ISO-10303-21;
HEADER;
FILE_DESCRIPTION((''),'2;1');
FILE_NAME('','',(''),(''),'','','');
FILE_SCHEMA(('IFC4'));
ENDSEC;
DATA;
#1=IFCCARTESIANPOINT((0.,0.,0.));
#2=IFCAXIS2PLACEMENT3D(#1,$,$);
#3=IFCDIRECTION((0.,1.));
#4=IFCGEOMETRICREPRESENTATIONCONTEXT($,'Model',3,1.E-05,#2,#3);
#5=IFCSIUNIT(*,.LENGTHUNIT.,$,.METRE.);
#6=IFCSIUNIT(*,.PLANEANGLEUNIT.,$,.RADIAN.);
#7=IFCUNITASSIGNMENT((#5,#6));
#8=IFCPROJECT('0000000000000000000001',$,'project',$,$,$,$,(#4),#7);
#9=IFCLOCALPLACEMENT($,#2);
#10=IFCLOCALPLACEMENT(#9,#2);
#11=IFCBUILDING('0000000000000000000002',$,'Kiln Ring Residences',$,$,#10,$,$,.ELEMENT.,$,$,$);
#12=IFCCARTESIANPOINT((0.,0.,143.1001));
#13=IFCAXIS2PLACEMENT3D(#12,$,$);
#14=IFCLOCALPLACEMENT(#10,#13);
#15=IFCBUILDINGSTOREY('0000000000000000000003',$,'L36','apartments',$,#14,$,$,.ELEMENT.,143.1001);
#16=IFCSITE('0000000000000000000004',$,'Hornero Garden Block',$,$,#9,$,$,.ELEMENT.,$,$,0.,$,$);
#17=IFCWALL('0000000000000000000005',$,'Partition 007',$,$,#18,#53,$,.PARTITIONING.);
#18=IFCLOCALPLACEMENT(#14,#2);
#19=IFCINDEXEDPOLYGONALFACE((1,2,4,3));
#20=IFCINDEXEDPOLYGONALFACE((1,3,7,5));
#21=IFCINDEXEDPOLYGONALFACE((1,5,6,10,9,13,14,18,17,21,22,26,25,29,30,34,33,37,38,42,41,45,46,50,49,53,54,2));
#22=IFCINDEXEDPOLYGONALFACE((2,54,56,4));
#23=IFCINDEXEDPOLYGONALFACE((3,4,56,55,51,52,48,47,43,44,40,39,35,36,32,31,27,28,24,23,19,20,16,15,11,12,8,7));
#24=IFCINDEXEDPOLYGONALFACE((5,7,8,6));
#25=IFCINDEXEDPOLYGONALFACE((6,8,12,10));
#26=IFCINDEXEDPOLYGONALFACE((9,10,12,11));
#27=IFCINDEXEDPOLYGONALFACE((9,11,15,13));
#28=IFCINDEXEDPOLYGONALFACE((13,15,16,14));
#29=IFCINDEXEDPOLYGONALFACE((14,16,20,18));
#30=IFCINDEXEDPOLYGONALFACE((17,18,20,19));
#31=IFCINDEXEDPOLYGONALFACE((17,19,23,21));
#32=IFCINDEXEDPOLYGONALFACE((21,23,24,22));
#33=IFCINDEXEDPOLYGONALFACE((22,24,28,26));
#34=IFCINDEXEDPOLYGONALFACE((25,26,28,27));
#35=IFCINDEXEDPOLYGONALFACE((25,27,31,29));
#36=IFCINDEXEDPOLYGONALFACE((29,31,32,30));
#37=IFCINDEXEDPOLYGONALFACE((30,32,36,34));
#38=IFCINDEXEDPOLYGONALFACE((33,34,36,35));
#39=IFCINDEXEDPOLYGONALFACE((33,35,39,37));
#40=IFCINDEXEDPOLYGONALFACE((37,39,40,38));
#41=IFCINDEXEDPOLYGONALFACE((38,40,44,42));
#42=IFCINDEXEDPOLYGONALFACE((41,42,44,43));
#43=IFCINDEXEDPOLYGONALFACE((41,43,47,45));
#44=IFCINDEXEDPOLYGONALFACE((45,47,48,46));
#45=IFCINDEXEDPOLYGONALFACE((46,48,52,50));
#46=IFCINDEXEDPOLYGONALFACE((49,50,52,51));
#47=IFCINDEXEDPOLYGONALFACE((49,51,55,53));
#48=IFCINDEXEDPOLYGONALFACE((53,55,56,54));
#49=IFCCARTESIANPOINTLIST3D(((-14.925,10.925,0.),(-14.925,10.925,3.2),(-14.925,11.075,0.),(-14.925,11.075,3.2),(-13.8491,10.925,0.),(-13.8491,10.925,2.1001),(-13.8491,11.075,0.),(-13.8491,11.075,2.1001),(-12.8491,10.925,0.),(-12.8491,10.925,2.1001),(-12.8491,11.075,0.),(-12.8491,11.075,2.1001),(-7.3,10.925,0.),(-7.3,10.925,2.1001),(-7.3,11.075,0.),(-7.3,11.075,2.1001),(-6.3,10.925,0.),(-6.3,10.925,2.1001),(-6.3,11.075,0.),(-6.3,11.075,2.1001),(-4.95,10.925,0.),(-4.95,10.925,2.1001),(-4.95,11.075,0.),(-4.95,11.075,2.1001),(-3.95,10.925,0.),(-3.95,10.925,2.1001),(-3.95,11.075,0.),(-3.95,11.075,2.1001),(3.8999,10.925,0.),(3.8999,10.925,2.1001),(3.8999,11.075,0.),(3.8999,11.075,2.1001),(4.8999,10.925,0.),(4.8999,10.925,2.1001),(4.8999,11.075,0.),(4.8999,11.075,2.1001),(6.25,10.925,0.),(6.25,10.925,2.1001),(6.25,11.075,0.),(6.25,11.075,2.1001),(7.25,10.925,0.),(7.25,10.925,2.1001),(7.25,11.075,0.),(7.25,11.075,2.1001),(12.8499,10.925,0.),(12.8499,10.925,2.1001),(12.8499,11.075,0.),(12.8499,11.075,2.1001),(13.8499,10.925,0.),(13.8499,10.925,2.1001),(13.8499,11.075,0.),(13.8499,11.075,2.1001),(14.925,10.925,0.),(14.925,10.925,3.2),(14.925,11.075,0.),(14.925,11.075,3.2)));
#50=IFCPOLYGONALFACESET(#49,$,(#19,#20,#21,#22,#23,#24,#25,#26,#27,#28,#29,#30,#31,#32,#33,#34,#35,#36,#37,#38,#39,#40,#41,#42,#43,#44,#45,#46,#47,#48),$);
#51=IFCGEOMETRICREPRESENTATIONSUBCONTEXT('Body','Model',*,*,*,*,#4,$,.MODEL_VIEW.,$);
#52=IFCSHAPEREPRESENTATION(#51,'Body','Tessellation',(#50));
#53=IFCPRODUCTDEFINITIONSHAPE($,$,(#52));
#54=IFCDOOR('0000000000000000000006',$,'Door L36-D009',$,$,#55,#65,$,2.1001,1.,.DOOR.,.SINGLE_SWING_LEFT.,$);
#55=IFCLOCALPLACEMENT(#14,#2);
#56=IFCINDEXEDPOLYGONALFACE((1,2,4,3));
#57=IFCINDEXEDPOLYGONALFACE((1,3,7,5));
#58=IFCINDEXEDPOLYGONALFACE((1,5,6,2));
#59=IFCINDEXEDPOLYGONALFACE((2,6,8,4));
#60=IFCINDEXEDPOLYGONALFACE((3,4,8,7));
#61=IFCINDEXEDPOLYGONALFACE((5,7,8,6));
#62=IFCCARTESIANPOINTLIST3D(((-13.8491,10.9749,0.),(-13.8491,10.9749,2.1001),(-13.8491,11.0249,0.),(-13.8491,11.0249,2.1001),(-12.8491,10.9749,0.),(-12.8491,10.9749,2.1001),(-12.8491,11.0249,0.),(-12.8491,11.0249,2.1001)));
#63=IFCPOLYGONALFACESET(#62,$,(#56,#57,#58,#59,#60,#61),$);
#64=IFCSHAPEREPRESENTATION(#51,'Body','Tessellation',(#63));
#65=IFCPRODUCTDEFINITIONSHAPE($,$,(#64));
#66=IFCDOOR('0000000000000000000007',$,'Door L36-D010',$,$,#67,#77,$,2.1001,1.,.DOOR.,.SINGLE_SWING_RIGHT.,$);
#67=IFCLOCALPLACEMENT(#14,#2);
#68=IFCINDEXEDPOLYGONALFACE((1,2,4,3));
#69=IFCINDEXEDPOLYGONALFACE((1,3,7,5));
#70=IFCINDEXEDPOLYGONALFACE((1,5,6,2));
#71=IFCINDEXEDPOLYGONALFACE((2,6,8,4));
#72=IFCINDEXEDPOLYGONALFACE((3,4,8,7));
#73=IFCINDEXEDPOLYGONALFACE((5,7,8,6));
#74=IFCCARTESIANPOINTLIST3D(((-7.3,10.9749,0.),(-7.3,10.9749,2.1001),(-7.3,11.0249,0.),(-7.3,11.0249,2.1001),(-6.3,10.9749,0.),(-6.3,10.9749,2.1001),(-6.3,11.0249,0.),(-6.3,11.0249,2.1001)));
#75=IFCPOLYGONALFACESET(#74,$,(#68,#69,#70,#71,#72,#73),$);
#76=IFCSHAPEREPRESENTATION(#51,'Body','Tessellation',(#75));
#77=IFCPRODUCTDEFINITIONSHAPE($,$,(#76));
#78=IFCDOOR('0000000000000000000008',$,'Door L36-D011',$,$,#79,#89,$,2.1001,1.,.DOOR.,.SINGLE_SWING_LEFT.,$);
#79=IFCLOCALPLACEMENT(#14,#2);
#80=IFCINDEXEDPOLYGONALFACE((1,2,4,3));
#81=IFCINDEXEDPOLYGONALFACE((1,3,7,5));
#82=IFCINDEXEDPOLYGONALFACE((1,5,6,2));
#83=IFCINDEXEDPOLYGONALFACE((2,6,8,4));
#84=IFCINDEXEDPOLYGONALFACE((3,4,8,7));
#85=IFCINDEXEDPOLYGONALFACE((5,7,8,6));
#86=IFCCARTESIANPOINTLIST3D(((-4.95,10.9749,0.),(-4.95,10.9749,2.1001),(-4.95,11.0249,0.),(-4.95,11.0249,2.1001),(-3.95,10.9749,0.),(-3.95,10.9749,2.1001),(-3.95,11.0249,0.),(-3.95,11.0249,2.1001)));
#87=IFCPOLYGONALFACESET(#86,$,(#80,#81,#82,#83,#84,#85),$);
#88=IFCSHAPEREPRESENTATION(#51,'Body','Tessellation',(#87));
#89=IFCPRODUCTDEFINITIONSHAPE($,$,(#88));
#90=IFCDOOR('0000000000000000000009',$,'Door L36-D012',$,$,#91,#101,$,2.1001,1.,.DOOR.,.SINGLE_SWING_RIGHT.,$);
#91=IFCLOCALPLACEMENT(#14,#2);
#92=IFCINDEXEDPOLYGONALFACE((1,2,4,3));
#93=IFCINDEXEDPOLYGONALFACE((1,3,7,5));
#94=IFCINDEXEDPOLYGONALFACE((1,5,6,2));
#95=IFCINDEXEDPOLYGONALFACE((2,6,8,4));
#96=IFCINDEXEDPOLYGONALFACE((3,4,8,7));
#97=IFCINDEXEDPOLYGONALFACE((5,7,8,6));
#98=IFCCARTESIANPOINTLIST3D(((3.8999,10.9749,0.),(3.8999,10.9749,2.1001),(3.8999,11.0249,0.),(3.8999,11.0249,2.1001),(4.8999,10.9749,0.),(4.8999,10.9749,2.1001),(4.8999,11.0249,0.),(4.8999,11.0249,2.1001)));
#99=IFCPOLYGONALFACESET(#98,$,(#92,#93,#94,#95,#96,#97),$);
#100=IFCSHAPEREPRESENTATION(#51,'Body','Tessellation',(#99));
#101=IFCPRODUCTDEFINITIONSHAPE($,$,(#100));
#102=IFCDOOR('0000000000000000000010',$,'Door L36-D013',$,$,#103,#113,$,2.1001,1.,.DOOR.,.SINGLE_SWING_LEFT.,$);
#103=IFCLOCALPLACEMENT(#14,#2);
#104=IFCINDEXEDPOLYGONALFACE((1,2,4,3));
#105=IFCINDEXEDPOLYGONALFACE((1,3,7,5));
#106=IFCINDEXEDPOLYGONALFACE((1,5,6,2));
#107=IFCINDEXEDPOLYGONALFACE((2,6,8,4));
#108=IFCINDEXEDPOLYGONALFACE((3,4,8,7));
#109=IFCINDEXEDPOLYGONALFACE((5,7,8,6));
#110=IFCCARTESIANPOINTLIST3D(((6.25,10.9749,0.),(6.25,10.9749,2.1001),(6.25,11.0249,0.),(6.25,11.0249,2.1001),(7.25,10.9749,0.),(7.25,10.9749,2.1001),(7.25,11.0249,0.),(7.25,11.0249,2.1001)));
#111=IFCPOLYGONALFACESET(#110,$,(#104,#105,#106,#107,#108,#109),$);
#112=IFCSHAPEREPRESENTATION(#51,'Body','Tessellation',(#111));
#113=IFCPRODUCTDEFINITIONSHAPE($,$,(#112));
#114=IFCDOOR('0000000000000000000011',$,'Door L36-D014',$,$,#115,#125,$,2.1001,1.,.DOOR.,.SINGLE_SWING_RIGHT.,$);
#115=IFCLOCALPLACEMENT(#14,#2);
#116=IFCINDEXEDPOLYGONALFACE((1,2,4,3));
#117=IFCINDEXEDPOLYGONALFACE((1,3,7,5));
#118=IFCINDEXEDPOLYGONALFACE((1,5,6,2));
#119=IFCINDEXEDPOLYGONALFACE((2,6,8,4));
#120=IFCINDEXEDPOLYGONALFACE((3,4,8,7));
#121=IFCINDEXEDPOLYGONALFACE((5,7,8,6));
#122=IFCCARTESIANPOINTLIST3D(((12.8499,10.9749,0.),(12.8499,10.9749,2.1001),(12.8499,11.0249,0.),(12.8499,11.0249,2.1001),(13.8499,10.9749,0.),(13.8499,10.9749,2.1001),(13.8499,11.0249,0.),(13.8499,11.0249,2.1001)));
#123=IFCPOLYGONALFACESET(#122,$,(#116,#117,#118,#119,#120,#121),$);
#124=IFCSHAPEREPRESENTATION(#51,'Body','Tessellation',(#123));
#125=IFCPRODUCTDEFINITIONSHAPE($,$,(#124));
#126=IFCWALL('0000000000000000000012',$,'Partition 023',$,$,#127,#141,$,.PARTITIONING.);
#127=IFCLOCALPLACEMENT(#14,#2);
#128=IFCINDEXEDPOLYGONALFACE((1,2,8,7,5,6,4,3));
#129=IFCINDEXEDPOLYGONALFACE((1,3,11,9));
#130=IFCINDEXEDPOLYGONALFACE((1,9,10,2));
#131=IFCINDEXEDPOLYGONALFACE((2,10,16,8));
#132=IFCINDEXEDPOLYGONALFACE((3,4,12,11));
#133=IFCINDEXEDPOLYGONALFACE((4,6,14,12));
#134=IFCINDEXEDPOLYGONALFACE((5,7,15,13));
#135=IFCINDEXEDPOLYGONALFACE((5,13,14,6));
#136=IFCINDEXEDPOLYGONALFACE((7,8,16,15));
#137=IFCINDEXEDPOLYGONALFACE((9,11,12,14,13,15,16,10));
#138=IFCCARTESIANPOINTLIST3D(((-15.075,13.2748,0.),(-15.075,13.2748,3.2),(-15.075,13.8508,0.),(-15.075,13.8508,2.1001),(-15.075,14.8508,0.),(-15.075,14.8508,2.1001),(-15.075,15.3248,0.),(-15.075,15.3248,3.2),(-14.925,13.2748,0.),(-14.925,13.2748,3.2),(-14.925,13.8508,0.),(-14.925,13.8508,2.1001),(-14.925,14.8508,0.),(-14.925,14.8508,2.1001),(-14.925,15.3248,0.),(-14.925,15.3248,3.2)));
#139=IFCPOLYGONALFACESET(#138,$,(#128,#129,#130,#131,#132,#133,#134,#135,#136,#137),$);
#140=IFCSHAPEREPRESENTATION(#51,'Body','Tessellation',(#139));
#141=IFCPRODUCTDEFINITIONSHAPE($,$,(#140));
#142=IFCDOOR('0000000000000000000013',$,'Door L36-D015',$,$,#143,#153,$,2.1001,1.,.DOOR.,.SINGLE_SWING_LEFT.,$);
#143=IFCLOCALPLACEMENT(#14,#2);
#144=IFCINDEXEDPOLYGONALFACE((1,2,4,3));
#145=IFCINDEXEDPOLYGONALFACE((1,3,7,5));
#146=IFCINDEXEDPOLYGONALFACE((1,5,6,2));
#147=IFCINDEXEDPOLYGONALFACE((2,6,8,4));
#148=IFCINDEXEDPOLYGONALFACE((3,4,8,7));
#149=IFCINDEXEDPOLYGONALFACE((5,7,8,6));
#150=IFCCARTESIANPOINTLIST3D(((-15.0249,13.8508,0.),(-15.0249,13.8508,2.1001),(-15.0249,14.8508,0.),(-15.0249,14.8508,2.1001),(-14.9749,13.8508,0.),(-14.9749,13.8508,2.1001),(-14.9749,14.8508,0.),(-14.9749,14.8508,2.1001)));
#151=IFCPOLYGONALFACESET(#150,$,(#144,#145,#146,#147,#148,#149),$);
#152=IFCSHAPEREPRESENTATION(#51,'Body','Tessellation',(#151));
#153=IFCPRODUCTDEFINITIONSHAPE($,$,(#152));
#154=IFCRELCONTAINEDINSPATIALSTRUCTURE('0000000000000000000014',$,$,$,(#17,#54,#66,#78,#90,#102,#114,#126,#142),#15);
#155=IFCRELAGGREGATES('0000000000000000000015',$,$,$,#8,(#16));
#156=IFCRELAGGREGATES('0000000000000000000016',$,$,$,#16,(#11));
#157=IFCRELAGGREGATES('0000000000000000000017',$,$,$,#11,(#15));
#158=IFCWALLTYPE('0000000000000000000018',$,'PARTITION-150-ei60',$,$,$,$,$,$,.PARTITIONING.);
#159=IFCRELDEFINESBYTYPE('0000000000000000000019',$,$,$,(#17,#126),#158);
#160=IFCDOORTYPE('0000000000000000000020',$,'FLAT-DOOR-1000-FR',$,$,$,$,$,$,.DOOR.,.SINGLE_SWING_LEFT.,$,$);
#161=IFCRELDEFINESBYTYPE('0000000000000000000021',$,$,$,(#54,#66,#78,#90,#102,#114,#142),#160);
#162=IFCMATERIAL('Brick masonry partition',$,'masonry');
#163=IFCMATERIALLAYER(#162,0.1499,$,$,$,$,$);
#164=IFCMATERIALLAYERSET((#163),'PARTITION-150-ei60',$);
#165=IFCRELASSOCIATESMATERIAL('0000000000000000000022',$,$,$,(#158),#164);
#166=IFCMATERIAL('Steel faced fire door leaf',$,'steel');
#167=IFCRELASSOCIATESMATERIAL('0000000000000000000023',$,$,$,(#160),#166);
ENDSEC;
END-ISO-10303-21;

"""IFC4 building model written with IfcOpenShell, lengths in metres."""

from ifc_helpers import new_model, si_unit, direction, frame, frame_2d, origin, place, context, subcontext, project, spatial, rectangle, extrude, material, layer, layer_set, type_object, element, fill, save


model = new_model("IFC4")

# Units and contexts
model_context = context("Model", 3, precision=1e-05, world=origin(), true_north=direction((0.0, 1.0)))
body_context = subcontext(model_context, "Body", "Model", "MODEL_VIEW")
ifc_project = project(units=[si_unit("LENGTHUNIT", "METRE"), si_unit("PLANEANGLEUNIT", "RADIAN")], contexts=[model_context])

# Site, building, storey
site_placement = place(None, origin())
site = spatial("IfcSite", under=ifc_project, at=site_placement, Name="Hornero Garden Block", CompositionType="ELEMENT", RefElevation=0.0)
building_placement = place(site_placement, origin())
building = spatial("IfcBuilding", under=site, at=building_placement, Name="Kiln Ring Residences", CompositionType="ELEMENT")
storey_placement = place(building_placement, frame((0.0, 0.0, 143.1001)))
storey = spatial("IfcBuildingStorey", under=building, at=storey_placement, Name="L36", Description="apartments", CompositionType="ELEMENT", Elevation=143.1001)

# Wall, openings, doors
ifc_material_1 = material(Name="Brick masonry partition", Category="masonry")
ifc_layer_1 = layer(ifc_material_1, 0.1499)
ifc_layer_set_1 = layer_set([ifc_layer_1], Name="PARTITION-150-ei60")
wall_type_1 = type_object("IfcWallType", Name="PARTITION-150-ei60", PredefinedType="PARTITIONING", material=ifc_layer_set_1)
wall_1_placement = place(storey_placement, frame((-14.925, 11.0, 0.0), z_axis=(0.0, 0.0, 1.0), x_axis=(1.0, 0.0, 0.0)))
wall_1 = element("IfcWall", 1, at=wall_1_placement, inside=storey, type_object=wall_type_1, Name="Partition 007", PredefinedType="PARTITIONING", context=body_context, shape_type="SweptSolid", body=[
    extrude(rectangle(XDim=29.8501, YDim=0.1499, at=frame_2d((14.925, 0.0))), origin(), (0.0, 0.0, 1.0), 3.2),
])
opening_1_placement = place(wall_1_placement, frame((1.0759, 0.0, 0.0)))
opening_1 = element("IfcOpeningElement", 2, at=opening_1_placement, cuts=wall_1, PredefinedType="OPENING", context=body_context, shape_type="SweptSolid", body=[
    extrude(rectangle(XDim=1.0, YDim=2.1001, at=frame_2d((0.5, 1.05))), frame((0.0, 0.085, 0.0), z_axis=(0.0, -1.0, 0.0), x_axis=(1.0, 0.0, 0.0)), (0.0, 0.0, 1.0), 0.1699),
])
opening_2_placement = place(wall_1_placement, frame((7.625, 0.0, 0.0)))
opening_2 = element("IfcOpeningElement", 3, at=opening_2_placement, cuts=wall_1, PredefinedType="OPENING", context=body_context, shape_type="SweptSolid", body=[
    extrude(rectangle(XDim=1.0, YDim=2.1001, at=frame_2d((0.5, 1.05))), frame((0.0, 0.085, 0.0), z_axis=(0.0, -1.0, 0.0), x_axis=(1.0, 0.0, 0.0)), (0.0, 0.0, 1.0), 0.1699),
])
opening_3_placement = place(wall_1_placement, frame((9.9751, 0.0, 0.0)))
opening_3 = element("IfcOpeningElement", 4, at=opening_3_placement, cuts=wall_1, PredefinedType="OPENING", context=body_context, shape_type="SweptSolid", body=[
    extrude(rectangle(XDim=1.0, YDim=2.1001, at=frame_2d((0.5, 1.05))), frame((0.0, 0.085, 0.0), z_axis=(0.0, -1.0, 0.0), x_axis=(1.0, 0.0, 0.0)), (0.0, 0.0, 1.0), 0.1699),
])
opening_4_placement = place(wall_1_placement, frame((18.825, 0.0, 0.0)))
opening_4 = element("IfcOpeningElement", 5, at=opening_4_placement, cuts=wall_1, PredefinedType="OPENING", context=body_context, shape_type="SweptSolid", body=[
    extrude(rectangle(XDim=1.0, YDim=2.1001, at=frame_2d((0.5, 1.05))), frame((0.0, 0.085, 0.0), z_axis=(0.0, -1.0, 0.0), x_axis=(1.0, 0.0, 0.0)), (0.0, 0.0, 1.0), 0.1699),
])
opening_5_placement = place(wall_1_placement, frame((21.175, 0.0, 0.0)))
opening_5 = element("IfcOpeningElement", 6, at=opening_5_placement, cuts=wall_1, PredefinedType="OPENING", context=body_context, shape_type="SweptSolid", body=[
    extrude(rectangle(XDim=1.0, YDim=2.1001, at=frame_2d((0.5, 1.05))), frame((0.0, 0.085, 0.0), z_axis=(0.0, -1.0, 0.0), x_axis=(1.0, 0.0, 0.0)), (0.0, 0.0, 1.0), 0.1699),
])
opening_6_placement = place(wall_1_placement, frame((27.7749, 0.0, 0.0)))
opening_6 = element("IfcOpeningElement", 7, at=opening_6_placement, cuts=wall_1, PredefinedType="OPENING", context=body_context, shape_type="SweptSolid", body=[
    extrude(rectangle(XDim=1.0, YDim=2.1001, at=frame_2d((0.5, 1.05))), frame((0.0, 0.085, 0.0), z_axis=(0.0, -1.0, 0.0), x_axis=(1.0, 0.0, 0.0)), (0.0, 0.0, 1.0), 0.1699),
])
ifc_material_2 = material(Name="Steel faced fire door leaf", Category="steel")
door_type = type_object("IfcDoorType", Name="FLAT-DOOR-1000-FR", OperationType="SINGLE_SWING_LEFT", PredefinedType="DOOR", material=ifc_material_2)
door_1_placement = place(opening_1_placement, origin())
door_1 = element("IfcDoor", 8, at=door_1_placement, inside=storey, type_object=door_type, Name="Door L36-D009", OperationType="SINGLE_SWING_LEFT", OverallHeight=2.1001, OverallWidth=1.0, PredefinedType="DOOR", context=body_context, shape_type="SweptSolid", body=[
    extrude(rectangle(XDim=1.0, YDim=2.1001, at=frame_2d((0.5, 1.05))), frame((0.0, 0.0249, 0.0), z_axis=(0.0, -1.0, 0.0), x_axis=(1.0, 0.0, 0.0)), (0.0, 0.0, 1.0), 0.05),
])
fill(opening_1, door_1)
door_2_placement = place(opening_2_placement, origin())
door_2 = element("IfcDoor", 9, at=door_2_placement, inside=storey, type_object=door_type, Name="Door L36-D010", OperationType="SINGLE_SWING_RIGHT", OverallHeight=2.1001, OverallWidth=1.0, PredefinedType="DOOR", context=body_context, shape_type="SweptSolid", body=[
    extrude(rectangle(XDim=1.0, YDim=2.1001, at=frame_2d((0.5, 1.05))), frame((0.0, 0.0249, 0.0), z_axis=(0.0, -1.0, 0.0), x_axis=(1.0, 0.0, 0.0)), (0.0, 0.0, 1.0), 0.05),
])
fill(opening_2, door_2)
door_3_placement = place(opening_3_placement, origin())
door_3 = element("IfcDoor", 10, at=door_3_placement, inside=storey, type_object=door_type, Name="Door L36-D011", OperationType="SINGLE_SWING_LEFT", OverallHeight=2.1001, OverallWidth=1.0, PredefinedType="DOOR", context=body_context, shape_type="SweptSolid", body=[
    extrude(rectangle(XDim=1.0, YDim=2.1001, at=frame_2d((0.5, 1.05))), frame((0.0, 0.0249, 0.0), z_axis=(0.0, -1.0, 0.0), x_axis=(1.0, 0.0, 0.0)), (0.0, 0.0, 1.0), 0.05),
])
fill(opening_3, door_3)
door_4_placement = place(opening_4_placement, origin())
door_4 = element("IfcDoor", 11, at=door_4_placement, inside=storey, type_object=door_type, Name="Door L36-D012", OperationType="SINGLE_SWING_RIGHT", OverallHeight=2.1001, OverallWidth=1.0, PredefinedType="DOOR", context=body_context, shape_type="SweptSolid", body=[
    extrude(rectangle(XDim=1.0, YDim=2.1001, at=frame_2d((0.5, 1.05))), frame((0.0, 0.0249, 0.0), z_axis=(0.0, -1.0, 0.0), x_axis=(1.0, 0.0, 0.0)), (0.0, 0.0, 1.0), 0.05),
])
fill(opening_4, door_4)
door_5_placement = place(opening_5_placement, origin())
door_5 = element("IfcDoor", 12, at=door_5_placement, inside=storey, type_object=door_type, Name="Door L36-D013", OperationType="SINGLE_SWING_LEFT", OverallHeight=2.1001, OverallWidth=1.0, PredefinedType="DOOR", context=body_context, shape_type="SweptSolid", body=[
    extrude(rectangle(XDim=1.0, YDim=2.1001, at=frame_2d((0.5, 1.05))), frame((0.0, 0.0249, 0.0), z_axis=(0.0, -1.0, 0.0), x_axis=(1.0, 0.0, 0.0)), (0.0, 0.0, 1.0), 0.05),
])
fill(opening_5, door_5)
door_6_placement = place(opening_6_placement, origin())
door_6 = element("IfcDoor", 13, at=door_6_placement, inside=storey, type_object=door_type, Name="Door L36-D014", OperationType="SINGLE_SWING_RIGHT", OverallHeight=2.1001, OverallWidth=1.0, PredefinedType="DOOR", context=body_context, shape_type="SweptSolid", body=[
    extrude(rectangle(XDim=1.0, YDim=2.1001, at=frame_2d((0.5, 1.05))), frame((0.0, 0.0249, 0.0), z_axis=(0.0, -1.0, 0.0), x_axis=(1.0, 0.0, 0.0)), (0.0, 0.0, 1.0), 0.05),
])
fill(opening_6, door_6)

# Wall, opening, door
wall_2_placement = place(storey_placement, frame((-15.0, 13.2749, 0.0), z_axis=(0.0, 0.0, 1.0), x_axis=(0.0, 1.0, 0.0)))
wall_2 = element("IfcWall", 14, at=wall_2_placement, inside=storey, type_object=wall_type_1, Name="Partition 023", PredefinedType="PARTITIONING", context=body_context, shape_type="SweptSolid", body=[
    extrude(rectangle(XDim=2.05, YDim=0.1499, at=frame_2d((1.0249, 0.0))), origin(), (0.0, 0.0, 1.0), 3.2),
])
opening_7_placement = place(wall_2_placement, frame((0.5759, 0.0, 0.0)))
opening_7 = element("IfcOpeningElement", 15, at=opening_7_placement, cuts=wall_2, PredefinedType="OPENING", context=body_context, shape_type="SweptSolid", body=[
    extrude(rectangle(XDim=1.0, YDim=2.1001, at=frame_2d((0.5, 1.05))), frame((0.0, 0.085, 0.0), z_axis=(0.0, -1.0, 0.0), x_axis=(1.0, 0.0, 0.0)), (0.0, 0.0, 1.0), 0.1699),
])
door_7_placement = place(opening_7_placement, origin())
door_7 = element("IfcDoor", 16, at=door_7_placement, inside=storey, type_object=door_type, Name="Door L36-D015", OperationType="SINGLE_SWING_LEFT", OverallHeight=2.1001, OverallWidth=1.0, PredefinedType="DOOR", context=body_context, shape_type="SweptSolid", body=[
    extrude(rectangle(XDim=1.0, YDim=2.1001, at=frame_2d((0.5, 1.05))), frame((0.0, 0.0249, 0.0), z_axis=(0.0, -1.0, 0.0), x_axis=(1.0, 0.0, 0.0)), (0.0, 0.0, 1.0), 0.05),
])
fill(opening_7, door_7)

save(model, "model.ifc")
